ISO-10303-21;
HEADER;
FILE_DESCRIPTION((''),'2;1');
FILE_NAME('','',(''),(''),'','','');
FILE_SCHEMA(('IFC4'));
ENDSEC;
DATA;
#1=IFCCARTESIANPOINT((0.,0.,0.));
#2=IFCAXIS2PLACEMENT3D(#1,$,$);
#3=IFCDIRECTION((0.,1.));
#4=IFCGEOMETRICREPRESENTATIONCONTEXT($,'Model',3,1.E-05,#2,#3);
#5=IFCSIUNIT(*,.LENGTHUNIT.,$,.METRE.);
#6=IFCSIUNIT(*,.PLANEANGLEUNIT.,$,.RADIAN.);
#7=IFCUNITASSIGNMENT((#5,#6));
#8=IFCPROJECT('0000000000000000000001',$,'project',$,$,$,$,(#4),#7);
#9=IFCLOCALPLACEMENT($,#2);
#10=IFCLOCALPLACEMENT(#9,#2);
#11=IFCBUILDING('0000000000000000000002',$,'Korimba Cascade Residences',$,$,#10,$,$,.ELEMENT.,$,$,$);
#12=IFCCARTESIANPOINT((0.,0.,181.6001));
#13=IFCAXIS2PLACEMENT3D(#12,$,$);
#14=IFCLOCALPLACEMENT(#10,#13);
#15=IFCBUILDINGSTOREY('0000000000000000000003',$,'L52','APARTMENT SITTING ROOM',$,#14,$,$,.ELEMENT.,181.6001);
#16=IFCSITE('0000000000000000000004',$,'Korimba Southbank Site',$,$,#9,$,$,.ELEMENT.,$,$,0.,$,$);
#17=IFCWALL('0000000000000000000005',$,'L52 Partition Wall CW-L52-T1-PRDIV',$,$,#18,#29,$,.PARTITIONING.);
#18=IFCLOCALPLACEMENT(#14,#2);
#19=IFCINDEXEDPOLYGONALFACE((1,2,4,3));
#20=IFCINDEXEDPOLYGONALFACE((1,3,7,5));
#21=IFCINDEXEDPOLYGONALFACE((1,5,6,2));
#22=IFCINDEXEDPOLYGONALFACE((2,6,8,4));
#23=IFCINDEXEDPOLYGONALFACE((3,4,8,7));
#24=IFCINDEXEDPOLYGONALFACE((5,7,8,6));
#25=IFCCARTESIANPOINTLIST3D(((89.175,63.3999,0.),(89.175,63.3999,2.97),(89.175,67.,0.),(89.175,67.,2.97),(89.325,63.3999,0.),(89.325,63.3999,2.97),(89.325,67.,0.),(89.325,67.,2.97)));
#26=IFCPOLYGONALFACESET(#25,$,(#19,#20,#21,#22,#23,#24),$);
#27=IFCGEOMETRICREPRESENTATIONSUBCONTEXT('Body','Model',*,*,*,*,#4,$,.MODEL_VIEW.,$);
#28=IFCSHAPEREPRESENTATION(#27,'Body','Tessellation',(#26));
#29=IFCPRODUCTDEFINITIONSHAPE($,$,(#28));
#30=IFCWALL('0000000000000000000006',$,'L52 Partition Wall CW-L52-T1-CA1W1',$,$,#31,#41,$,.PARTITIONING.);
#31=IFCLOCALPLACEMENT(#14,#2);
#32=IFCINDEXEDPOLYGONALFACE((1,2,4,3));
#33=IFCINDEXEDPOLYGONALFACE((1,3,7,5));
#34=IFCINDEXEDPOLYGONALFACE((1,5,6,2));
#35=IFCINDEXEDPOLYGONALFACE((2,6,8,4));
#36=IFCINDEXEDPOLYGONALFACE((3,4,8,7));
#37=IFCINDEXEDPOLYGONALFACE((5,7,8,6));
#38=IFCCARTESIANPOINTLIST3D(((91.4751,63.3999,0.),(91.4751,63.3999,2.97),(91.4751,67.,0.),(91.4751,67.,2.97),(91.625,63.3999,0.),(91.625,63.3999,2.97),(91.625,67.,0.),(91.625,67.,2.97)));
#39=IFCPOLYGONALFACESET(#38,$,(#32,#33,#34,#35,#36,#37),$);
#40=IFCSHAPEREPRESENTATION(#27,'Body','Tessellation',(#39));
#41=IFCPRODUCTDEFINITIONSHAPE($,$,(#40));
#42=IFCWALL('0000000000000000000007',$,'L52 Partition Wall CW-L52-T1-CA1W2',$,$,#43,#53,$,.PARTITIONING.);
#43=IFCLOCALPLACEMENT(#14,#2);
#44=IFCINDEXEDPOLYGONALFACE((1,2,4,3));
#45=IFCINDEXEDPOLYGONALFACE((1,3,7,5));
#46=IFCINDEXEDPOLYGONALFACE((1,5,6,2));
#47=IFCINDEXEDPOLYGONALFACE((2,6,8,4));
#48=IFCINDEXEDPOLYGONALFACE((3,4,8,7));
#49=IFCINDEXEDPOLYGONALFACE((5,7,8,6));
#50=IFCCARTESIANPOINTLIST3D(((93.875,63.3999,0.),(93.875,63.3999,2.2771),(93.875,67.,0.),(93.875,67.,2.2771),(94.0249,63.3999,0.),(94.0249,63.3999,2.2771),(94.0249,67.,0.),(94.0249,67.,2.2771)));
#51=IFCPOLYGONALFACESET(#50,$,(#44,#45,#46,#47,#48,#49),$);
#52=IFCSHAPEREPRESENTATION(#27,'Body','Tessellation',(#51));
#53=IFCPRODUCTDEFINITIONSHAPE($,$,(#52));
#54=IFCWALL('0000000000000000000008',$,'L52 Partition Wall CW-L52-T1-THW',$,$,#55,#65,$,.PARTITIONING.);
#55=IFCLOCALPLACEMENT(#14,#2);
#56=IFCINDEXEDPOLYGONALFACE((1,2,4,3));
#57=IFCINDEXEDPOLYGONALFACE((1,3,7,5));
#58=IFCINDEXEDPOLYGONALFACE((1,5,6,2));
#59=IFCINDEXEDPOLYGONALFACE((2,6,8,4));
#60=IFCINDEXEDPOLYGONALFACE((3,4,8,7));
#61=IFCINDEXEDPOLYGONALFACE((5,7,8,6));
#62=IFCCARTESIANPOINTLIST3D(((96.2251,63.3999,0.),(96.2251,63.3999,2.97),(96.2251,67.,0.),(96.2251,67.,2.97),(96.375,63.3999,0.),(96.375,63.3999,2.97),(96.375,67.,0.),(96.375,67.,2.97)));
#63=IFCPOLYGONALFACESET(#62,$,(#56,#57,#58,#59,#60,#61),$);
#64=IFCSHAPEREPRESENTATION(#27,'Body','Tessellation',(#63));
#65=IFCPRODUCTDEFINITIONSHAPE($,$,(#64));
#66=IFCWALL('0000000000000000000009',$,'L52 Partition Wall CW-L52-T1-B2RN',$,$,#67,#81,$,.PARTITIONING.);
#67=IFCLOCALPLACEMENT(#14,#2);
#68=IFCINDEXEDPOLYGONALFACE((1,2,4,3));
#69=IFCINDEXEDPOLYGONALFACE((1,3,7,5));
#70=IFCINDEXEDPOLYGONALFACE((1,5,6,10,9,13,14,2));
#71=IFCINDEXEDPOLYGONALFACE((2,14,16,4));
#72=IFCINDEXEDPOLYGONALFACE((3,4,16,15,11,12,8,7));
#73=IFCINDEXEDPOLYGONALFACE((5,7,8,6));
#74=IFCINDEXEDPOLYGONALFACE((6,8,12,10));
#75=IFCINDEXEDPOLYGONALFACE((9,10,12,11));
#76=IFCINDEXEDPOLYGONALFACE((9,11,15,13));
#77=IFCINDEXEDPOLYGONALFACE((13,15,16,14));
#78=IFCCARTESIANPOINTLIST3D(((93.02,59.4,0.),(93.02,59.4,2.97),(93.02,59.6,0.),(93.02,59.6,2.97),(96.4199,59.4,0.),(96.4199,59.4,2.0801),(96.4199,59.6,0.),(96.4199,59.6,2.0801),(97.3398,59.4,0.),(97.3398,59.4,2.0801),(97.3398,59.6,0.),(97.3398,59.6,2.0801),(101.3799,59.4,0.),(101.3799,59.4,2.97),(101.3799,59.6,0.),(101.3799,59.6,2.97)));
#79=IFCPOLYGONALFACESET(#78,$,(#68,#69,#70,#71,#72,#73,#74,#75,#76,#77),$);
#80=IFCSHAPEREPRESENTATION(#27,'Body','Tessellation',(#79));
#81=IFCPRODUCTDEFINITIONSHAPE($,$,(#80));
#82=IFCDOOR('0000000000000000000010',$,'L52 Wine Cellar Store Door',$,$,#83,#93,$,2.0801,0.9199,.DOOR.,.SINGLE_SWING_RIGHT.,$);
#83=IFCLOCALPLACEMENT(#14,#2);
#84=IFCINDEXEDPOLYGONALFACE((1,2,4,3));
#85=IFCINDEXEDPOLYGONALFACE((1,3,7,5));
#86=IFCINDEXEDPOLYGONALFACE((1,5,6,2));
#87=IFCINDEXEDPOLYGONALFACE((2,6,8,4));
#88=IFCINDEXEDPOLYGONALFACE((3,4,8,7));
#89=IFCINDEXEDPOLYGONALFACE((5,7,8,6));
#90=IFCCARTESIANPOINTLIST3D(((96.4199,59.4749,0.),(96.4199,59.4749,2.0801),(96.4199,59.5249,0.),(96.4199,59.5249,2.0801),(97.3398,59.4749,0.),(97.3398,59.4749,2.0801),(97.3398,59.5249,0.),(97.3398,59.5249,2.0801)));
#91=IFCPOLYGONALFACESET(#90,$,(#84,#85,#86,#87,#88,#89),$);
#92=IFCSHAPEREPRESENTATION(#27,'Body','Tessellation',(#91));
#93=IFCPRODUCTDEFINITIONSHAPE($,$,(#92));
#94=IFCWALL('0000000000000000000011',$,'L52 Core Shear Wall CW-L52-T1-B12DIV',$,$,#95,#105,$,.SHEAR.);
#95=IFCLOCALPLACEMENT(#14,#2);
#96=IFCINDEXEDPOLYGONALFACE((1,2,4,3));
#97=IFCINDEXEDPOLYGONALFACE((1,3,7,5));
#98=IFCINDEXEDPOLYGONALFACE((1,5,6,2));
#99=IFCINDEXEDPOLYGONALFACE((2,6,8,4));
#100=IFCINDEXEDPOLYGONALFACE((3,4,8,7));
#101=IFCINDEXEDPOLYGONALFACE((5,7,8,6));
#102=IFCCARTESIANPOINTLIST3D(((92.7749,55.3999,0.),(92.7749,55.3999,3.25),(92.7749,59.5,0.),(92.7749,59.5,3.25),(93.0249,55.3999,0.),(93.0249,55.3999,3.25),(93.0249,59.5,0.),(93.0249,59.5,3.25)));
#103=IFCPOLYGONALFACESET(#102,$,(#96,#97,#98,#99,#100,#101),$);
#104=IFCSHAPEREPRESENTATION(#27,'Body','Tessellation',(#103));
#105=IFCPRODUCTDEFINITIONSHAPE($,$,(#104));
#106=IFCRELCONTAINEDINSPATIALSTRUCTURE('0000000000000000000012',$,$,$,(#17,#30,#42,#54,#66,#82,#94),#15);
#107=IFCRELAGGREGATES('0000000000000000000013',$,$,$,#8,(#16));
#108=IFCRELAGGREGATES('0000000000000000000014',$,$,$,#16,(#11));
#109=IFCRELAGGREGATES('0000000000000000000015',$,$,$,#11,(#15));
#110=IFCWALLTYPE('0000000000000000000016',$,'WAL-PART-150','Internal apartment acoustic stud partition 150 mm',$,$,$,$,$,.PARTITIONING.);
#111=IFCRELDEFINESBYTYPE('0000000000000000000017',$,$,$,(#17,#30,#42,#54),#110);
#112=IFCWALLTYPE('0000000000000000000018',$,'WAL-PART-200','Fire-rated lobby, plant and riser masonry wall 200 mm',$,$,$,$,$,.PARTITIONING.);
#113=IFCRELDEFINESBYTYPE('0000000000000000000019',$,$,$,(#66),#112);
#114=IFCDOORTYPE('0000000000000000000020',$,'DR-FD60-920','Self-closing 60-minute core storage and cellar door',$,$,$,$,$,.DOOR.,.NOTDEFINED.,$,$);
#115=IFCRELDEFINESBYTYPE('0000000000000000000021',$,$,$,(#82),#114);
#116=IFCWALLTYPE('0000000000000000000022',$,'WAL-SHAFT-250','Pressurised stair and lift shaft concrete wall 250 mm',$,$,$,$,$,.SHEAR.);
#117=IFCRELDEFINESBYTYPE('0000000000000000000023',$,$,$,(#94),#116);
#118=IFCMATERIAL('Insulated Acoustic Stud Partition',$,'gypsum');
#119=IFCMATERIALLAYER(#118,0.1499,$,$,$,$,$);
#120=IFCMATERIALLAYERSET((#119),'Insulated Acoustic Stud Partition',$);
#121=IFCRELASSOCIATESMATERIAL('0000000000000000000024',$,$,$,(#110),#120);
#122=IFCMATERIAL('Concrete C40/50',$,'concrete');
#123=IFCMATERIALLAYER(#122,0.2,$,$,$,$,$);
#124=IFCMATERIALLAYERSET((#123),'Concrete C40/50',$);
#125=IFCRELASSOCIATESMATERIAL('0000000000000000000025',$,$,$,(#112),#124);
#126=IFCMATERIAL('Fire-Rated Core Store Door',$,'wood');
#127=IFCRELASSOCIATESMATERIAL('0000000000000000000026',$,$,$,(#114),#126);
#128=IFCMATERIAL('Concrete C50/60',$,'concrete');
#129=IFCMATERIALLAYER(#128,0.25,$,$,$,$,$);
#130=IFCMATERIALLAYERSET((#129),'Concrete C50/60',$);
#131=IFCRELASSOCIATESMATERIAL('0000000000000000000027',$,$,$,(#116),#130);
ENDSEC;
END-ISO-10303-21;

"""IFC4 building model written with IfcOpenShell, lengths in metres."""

from ifc_helpers import new_model, si_unit, direction, frame, frame_2d, origin, place, context, subcontext, project, spatial, rectangle, extrude, material, layer, layer_set, type_object, element, fill, save


model = new_model("IFC4")

# Units and contexts
model_context = context("Model", 3, precision=1e-05, world=origin(), true_north=direction((0.0, 1.0)))
body_context = subcontext(model_context, "Body", "Model", "MODEL_VIEW")
ifc_project = project(units=[si_unit("LENGTHUNIT", "METRE"), si_unit("PLANEANGLEUNIT", "RADIAN")], contexts=[model_context])

# Site, building, storey
site_placement = place(None, origin())
site = spatial("IfcSite", under=ifc_project, at=site_placement, Name="Korimba Southbank Site", CompositionType="ELEMENT", RefElevation=0.0)
building_placement = place(site_placement, origin())
building = spatial("IfcBuilding", under=site, at=building_placement, Name="Korimba Cascade Residences", CompositionType="ELEMENT")
storey_placement = place(building_placement, frame((0.0, 0.0, 181.6001)))
storey = spatial("IfcBuildingStorey", under=building, at=storey_placement, Name="L52", Description="APARTMENT SITTING ROOM", CompositionType="ELEMENT", Elevation=181.6001)

# Walls
ifc_material_1 = material(Name="Insulated Acoustic Stud Partition", Category="gypsum")
ifc_layer_1 = layer(ifc_material_1, 0.1499)
ifc_layer_set_1 = layer_set([ifc_layer_1], Name="Insulated Acoustic Stud Partition")
wall_type_1 = type_object("IfcWallType", Name="WAL-PART-150", Description="Internal apartment acoustic stud partition 150 mm", PredefinedType="PARTITIONING", material=ifc_layer_set_1)
for number, where, z_axis, x_axis, name in (
    (1, (89.25, 63.3999, 0.0), (0.0, 0.0, 1.0), (0.0, 1.0, 0.0), "L52 Partition Wall CW-L52-T1-PRDIV"),
    (2, (91.55, 63.3999, 0.0), (0.0, 0.0, 1.0), (0.0, 1.0, 0.0), "L52 Partition Wall CW-L52-T1-CA1W1"),
):
    element("IfcWall", number, at=place(storey_placement, frame(where, z_axis=z_axis, x_axis=x_axis)), inside=storey, type_object=wall_type_1, Name=name, PredefinedType="PARTITIONING", context=body_context, shape_type="SweptSolid", body=[
        extrude(rectangle(XDim=3.6001, YDim=0.1499, at=frame_2d((1.8, 0.0))), origin(), (0.0, 0.0, 1.0), 2.97),
    ])
wall_1_placement = place(storey_placement, frame((93.95, 63.3999, 0.0), z_axis=(0.0, 0.0, 1.0), x_axis=(0.0, 1.0, 0.0)))
element("IfcWall", 3, at=wall_1_placement, inside=storey, type_object=wall_type_1, Name="L52 Partition Wall CW-L52-T1-CA1W2", PredefinedType="PARTITIONING", context=body_context, shape_type="SweptSolid", body=[
    extrude(rectangle(XDim=3.6001, YDim=0.1499, at=frame_2d((1.8, 0.0))), origin(), (0.0, 0.0, 1.0), 2.2771),
])
wall_2_placement = place(storey_placement, frame((96.3, 63.3999, 0.0), z_axis=(0.0, 0.0, 1.0), x_axis=(0.0, 1.0, 0.0)))
element("IfcWall", 4, at=wall_2_placement, inside=storey, type_object=wall_type_1, Name="L52 Partition Wall CW-L52-T1-THW", PredefinedType="PARTITIONING", context=body_context, shape_type="SweptSolid", body=[
    extrude(rectangle(XDim=3.6001, YDim=0.1499, at=frame_2d((1.8, 0.0))), origin(), (0.0, 0.0, 1.0), 2.97),
])

# Wall, opening, door
ifc_material_2 = material(Name="Concrete C40/50", Category="concrete")
ifc_layer_2 = layer(ifc_material_2, 0.2)
ifc_layer_set_2 = layer_set([ifc_layer_2], Name="Concrete C40/50")
wall_type_2 = type_object("IfcWallType", Name="WAL-PART-200", Description="Fire-rated lobby, plant and riser masonry wall 200 mm", PredefinedType="PARTITIONING", material=ifc_layer_set_2)
wall_3_placement = place(storey_placement, frame((93.02, 59.5, 0.0), z_axis=(0.0, 0.0, 1.0), x_axis=(1.0, 0.0, 0.0)))
wall_3 = element("IfcWall", 5, at=wall_3_placement, inside=storey, type_object=wall_type_2, Name="L52 Partition Wall CW-L52-T1-B2RN", PredefinedType="PARTITIONING", context=body_context, shape_type="SweptSolid", body=[
    extrude(rectangle(XDim=8.3599, YDim=0.2, at=frame_2d((4.1799, 0.0))), origin(), (0.0, 0.0, 1.0), 2.97),
])
opening_placement = place(wall_3_placement, frame((3.3999, 0.0, 0.0)))
opening = element("IfcOpeningElement", 6, at=opening_placement, cuts=wall_3, PredefinedType="OPENING", context=body_context, shape_type="SweptSolid", body=[
    extrude(rectangle(XDim=0.9199, YDim=2.0801, at=frame_2d((0.46, 1.04))), frame((0.0, 0.1099, 0.0), z_axis=(0.0, -1.0, 0.0), x_axis=(1.0, 0.0, 0.0)), (0.0, 0.0, 1.0), 0.22),
])
ifc_material_3 = material(Name="Fire-Rated Core Store Door", Category="wood")
door_type = type_object("IfcDoorType", Name="DR-FD60-920", Description="Self-closing 60-minute core storage and cellar door", OperationType="NOTDEFINED", PredefinedType="DOOR", material=ifc_material_3)
door_placement = place(opening_placement, origin())
door = element("IfcDoor", 7, at=door_placement, inside=storey, type_object=door_type, Name="L52 Wine Cellar Store Door", OperationType="SINGLE_SWING_RIGHT", OverallHeight=2.0801, OverallWidth=0.9199, PredefinedType="DOOR", context=body_context, shape_type="SweptSolid", body=[
    extrude(rectangle(XDim=0.9199, YDim=2.0801, at=frame_2d((0.46, 1.04))), frame((0.0, 0.0249, 0.0), z_axis=(0.0, -1.0, 0.0), x_axis=(1.0, 0.0, 0.0)), (0.0, 0.0, 1.0), 0.05),
])
fill(opening, door)

# Wall
ifc_material_4 = material(Name="Concrete C50/60", Category="concrete")
ifc_layer_3 = layer(ifc_material_4, 0.25)
ifc_layer_set_3 = layer_set([ifc_layer_3], Name="Concrete C50/60")
wall_type_3 = type_object("IfcWallType", Name="WAL-SHAFT-250", Description="Pressurised stair and lift shaft concrete wall 250 mm", PredefinedType="SHEAR", material=ifc_layer_set_3)
wall_4_placement = place(storey_placement, frame((92.8999, 55.3999, 0.0), z_axis=(0.0, 0.0, 1.0), x_axis=(0.0, 1.0, 0.0)))
element("IfcWall", 8, at=wall_4_placement, inside=storey, type_object=wall_type_3, Name="L52 Core Shear Wall CW-L52-T1-B12DIV", PredefinedType="SHEAR", context=body_context, shape_type="SweptSolid", body=[
    extrude(rectangle(XDim=4.1001, YDim=0.25, at=frame_2d((2.05, 0.0))), origin(), (0.0, 0.0, 1.0), 3.25),
])

save(model, "model.ifc")
